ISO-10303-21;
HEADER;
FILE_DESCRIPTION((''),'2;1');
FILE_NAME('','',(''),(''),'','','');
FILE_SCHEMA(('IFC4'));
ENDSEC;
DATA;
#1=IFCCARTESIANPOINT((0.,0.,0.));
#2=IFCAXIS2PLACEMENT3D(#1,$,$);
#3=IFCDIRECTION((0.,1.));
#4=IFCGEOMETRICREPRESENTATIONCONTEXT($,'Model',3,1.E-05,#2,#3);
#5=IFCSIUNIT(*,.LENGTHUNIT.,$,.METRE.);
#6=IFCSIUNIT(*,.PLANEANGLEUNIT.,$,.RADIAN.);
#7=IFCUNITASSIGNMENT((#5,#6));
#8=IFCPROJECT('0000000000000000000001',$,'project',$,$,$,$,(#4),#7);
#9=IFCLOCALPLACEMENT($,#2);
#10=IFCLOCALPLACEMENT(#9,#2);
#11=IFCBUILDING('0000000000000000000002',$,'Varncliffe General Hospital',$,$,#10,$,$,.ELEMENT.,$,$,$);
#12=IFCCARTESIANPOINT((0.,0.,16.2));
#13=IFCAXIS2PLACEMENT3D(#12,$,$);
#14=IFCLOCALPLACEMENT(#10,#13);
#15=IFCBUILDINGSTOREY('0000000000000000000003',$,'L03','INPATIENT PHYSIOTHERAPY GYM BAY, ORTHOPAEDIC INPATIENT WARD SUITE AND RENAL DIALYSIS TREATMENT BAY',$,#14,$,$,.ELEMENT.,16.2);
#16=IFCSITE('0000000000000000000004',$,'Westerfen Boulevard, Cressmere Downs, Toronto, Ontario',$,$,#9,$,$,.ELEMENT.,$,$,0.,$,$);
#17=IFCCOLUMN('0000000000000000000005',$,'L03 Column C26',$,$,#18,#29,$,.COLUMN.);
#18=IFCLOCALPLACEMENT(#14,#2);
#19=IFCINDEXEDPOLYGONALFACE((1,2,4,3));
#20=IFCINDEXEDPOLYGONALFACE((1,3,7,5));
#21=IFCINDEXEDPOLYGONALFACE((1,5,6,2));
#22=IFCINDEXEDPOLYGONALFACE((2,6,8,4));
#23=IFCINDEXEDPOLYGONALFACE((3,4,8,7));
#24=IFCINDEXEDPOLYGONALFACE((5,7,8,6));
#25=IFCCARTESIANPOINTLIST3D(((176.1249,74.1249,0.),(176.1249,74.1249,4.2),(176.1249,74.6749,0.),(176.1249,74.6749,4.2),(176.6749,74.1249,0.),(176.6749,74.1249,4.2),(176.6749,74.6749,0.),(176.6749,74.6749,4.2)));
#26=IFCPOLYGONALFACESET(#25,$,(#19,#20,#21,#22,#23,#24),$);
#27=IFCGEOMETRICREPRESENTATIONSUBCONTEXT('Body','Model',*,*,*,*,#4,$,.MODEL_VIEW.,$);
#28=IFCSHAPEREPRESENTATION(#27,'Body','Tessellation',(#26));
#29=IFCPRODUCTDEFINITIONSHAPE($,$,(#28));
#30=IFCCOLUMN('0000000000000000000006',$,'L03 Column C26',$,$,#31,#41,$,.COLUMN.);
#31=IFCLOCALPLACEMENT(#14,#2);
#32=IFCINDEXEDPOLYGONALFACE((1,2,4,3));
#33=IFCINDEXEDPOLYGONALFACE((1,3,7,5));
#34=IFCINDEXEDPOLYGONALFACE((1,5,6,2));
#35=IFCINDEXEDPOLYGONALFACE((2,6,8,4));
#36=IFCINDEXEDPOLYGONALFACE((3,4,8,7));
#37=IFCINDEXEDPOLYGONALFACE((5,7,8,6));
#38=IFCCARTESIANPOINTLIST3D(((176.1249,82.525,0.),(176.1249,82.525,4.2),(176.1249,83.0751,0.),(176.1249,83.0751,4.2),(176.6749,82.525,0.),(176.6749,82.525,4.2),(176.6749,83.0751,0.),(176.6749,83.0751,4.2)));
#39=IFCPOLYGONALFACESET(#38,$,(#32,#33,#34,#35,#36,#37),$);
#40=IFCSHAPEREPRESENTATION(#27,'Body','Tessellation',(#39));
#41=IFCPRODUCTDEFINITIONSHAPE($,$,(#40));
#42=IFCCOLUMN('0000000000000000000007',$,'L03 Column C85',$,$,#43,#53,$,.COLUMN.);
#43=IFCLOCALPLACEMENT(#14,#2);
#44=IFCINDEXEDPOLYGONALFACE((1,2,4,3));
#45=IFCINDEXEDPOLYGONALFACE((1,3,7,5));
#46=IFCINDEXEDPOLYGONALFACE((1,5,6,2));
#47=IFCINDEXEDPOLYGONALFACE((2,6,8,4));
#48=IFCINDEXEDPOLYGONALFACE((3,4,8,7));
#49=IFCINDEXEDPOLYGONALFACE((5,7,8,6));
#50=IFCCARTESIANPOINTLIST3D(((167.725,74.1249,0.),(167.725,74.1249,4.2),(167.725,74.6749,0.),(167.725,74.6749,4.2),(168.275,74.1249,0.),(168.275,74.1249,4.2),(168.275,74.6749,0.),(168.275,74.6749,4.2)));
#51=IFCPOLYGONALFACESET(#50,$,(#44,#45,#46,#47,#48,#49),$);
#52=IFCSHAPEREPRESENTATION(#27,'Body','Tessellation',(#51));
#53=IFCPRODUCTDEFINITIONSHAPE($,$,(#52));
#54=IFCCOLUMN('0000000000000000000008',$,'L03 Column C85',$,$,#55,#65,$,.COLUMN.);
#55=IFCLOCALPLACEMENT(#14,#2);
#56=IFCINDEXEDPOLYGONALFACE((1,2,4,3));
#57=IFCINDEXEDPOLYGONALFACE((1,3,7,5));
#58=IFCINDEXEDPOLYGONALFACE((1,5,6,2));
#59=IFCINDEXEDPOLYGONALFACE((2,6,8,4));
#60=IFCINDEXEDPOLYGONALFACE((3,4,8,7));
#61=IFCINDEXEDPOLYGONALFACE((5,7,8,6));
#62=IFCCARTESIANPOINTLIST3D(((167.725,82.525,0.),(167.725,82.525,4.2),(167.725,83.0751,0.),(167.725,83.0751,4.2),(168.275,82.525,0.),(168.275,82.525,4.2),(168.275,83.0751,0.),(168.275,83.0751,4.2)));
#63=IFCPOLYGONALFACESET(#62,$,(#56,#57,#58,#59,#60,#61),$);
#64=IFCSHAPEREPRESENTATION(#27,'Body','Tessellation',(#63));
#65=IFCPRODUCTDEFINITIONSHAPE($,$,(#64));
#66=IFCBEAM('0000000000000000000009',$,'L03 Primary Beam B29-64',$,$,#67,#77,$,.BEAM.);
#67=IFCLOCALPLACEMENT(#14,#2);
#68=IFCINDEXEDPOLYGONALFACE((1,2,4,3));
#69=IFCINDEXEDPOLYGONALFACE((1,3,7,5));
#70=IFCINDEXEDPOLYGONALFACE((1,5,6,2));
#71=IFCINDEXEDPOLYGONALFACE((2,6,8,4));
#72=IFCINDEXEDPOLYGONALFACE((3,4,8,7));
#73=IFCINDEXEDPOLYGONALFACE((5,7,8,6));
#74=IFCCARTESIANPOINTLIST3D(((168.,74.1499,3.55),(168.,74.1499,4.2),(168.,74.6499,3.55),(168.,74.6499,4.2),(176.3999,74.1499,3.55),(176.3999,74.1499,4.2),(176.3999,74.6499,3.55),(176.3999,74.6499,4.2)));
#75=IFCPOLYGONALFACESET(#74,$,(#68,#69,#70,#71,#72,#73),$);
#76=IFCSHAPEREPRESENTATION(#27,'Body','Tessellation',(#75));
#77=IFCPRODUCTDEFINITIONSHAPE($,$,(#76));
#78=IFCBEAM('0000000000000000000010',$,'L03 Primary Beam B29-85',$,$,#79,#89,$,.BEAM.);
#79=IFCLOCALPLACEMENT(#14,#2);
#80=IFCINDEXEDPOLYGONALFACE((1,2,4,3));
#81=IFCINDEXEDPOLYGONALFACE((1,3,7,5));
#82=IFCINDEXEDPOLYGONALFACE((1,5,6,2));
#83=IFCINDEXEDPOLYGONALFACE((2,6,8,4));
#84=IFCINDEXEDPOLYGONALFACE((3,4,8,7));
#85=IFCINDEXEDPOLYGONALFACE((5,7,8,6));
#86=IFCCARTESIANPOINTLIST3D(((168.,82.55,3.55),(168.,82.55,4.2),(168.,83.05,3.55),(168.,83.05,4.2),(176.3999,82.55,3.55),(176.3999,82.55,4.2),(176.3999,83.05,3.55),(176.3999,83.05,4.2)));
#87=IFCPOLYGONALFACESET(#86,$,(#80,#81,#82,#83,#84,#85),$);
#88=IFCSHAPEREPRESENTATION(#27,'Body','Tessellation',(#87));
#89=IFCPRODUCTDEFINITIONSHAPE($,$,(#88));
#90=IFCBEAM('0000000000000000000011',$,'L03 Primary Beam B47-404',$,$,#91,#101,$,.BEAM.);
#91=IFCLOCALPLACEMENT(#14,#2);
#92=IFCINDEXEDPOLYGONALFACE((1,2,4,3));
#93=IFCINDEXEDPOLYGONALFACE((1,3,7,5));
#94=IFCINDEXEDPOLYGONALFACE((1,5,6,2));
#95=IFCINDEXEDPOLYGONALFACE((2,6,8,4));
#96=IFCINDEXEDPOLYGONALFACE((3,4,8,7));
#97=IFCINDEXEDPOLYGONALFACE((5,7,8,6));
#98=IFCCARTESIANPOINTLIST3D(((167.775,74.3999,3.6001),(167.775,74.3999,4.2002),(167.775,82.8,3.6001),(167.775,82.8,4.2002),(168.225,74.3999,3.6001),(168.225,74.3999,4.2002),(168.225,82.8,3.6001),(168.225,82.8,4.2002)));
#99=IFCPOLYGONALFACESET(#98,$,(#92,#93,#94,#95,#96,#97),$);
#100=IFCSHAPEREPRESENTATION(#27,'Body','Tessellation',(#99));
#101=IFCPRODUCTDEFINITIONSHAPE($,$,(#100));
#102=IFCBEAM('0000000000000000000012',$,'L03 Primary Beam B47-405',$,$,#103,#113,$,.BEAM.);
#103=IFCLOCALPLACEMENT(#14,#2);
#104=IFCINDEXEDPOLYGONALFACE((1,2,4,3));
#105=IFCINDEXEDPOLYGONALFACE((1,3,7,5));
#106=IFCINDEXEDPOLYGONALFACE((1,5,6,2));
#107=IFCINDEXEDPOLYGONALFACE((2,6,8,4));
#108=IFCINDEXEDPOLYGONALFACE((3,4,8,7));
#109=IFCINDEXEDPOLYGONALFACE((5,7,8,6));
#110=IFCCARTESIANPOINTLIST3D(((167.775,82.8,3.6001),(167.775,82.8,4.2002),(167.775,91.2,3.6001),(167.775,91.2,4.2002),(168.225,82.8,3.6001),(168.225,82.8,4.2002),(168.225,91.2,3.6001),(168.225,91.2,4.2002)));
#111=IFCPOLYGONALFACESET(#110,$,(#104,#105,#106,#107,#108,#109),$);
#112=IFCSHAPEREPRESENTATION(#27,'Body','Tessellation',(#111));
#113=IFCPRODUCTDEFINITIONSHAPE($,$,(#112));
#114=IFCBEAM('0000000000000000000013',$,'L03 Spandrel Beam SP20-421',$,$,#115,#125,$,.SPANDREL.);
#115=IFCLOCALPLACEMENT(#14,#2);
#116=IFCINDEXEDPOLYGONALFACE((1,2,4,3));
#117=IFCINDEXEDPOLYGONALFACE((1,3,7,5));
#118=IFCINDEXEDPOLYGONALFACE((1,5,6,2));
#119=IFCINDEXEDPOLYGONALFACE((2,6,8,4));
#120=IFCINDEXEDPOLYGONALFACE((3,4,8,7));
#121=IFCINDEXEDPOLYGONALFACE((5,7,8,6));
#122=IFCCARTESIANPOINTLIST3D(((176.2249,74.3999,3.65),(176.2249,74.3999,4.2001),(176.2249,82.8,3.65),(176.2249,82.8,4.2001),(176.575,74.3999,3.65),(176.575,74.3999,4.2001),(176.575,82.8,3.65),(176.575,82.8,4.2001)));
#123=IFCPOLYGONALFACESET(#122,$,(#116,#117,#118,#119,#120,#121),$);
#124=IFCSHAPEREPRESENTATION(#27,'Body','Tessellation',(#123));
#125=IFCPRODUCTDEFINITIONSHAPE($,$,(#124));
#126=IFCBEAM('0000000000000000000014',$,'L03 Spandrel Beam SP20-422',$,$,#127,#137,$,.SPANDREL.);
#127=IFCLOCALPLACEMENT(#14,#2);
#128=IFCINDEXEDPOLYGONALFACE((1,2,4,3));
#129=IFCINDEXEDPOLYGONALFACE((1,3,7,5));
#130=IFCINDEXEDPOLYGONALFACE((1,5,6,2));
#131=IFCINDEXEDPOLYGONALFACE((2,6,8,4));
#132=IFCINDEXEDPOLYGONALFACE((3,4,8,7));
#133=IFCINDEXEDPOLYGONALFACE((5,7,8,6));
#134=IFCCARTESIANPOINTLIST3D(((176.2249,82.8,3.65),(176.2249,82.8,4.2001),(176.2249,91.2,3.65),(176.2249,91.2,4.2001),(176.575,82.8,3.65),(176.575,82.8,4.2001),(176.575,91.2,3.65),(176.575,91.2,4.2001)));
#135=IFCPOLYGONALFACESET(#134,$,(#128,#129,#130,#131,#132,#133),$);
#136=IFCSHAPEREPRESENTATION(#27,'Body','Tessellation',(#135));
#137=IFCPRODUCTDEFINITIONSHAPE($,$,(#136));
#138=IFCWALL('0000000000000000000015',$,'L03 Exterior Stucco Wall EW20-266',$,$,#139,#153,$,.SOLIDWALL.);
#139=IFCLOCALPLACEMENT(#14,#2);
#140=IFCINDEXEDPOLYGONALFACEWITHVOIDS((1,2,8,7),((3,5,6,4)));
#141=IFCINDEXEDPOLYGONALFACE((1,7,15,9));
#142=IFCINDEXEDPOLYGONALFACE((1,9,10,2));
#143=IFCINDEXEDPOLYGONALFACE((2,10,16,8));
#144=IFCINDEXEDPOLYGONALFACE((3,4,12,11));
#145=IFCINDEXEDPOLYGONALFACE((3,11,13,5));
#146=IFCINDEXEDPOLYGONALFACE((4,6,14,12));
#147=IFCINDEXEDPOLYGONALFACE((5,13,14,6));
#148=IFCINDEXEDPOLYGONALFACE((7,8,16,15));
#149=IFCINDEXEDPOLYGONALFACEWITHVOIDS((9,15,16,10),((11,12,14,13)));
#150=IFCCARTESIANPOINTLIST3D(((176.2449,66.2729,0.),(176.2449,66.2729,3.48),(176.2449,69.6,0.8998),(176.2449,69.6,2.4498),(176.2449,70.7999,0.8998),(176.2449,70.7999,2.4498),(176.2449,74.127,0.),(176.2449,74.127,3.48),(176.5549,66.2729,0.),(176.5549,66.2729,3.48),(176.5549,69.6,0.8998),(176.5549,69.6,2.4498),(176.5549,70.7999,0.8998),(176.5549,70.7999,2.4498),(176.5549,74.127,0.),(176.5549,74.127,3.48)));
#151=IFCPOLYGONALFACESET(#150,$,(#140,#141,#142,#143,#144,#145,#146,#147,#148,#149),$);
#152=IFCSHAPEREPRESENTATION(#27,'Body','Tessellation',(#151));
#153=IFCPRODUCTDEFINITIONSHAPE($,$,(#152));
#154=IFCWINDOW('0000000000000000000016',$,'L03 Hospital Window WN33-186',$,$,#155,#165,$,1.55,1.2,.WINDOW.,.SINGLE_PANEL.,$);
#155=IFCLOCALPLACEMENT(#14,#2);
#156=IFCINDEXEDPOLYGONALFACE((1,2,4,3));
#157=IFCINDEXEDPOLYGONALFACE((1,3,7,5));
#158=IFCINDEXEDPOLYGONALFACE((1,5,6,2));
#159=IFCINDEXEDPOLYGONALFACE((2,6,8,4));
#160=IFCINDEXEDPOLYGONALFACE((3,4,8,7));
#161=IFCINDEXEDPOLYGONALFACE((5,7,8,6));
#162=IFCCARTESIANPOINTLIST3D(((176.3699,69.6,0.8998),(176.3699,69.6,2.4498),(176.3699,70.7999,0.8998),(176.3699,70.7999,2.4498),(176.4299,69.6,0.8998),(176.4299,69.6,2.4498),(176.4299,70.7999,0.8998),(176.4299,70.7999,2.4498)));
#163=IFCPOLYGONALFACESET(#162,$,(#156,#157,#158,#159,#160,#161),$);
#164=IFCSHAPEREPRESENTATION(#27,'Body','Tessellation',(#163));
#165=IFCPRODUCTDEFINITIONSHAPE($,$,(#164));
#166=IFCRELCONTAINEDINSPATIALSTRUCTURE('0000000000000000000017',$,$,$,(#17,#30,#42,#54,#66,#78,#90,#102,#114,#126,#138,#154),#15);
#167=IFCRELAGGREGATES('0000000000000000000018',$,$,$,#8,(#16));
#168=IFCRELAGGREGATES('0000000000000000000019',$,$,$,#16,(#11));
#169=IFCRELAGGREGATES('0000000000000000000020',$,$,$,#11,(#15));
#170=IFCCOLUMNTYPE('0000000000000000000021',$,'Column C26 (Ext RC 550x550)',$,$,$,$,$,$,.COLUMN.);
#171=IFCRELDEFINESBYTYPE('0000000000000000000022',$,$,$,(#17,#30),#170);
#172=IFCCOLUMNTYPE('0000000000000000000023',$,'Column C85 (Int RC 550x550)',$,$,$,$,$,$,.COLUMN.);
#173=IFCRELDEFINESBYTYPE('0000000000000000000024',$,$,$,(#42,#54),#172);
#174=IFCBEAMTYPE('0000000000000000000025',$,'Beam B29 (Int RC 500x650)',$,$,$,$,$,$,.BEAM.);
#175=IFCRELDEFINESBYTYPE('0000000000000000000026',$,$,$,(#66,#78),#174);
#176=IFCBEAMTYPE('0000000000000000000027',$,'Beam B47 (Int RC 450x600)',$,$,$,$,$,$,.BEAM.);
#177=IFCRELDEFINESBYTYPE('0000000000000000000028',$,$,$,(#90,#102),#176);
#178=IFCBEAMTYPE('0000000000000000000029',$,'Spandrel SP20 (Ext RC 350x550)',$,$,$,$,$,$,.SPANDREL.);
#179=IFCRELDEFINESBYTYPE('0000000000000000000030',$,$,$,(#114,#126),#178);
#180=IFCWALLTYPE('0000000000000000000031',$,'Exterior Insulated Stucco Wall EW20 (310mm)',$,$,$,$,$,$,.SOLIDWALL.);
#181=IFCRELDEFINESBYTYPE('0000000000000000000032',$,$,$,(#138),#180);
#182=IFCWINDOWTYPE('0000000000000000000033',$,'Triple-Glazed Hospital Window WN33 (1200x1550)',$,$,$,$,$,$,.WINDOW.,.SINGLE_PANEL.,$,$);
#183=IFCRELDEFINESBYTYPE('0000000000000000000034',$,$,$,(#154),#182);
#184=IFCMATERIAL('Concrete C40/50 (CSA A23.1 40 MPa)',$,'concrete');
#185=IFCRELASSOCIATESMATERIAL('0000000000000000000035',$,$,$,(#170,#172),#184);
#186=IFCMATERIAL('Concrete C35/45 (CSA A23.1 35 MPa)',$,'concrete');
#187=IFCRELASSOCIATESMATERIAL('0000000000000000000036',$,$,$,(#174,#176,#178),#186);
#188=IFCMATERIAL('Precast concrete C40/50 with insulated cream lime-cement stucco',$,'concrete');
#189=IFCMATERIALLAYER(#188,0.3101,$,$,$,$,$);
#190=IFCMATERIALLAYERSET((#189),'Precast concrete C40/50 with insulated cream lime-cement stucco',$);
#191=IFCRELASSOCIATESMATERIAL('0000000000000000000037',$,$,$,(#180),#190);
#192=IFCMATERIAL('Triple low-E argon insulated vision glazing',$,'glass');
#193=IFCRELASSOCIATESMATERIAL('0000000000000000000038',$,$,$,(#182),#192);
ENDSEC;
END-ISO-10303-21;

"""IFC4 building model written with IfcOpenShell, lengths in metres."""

from ifc_helpers import new_model, si_unit, direction, frame, frame_2d, origin, origin_2d, place, context, subcontext, project, spatial, rectangle, extrude, material, layer, layer_set, material_profile, profile_set, type_object, element, fill, save


model = new_model("IFC4")

# Units and contexts
model_context = context("Model", 3, precision=1e-05, world=origin(), true_north=direction((0.0, 1.0)))
body_context = subcontext(model_context, "Body", "Model", "MODEL_VIEW")
ifc_project = project(units=[si_unit("LENGTHUNIT", "METRE"), si_unit("PLANEANGLEUNIT", "RADIAN")], contexts=[model_context])

# Site, building, storey
site_placement = place(None, origin())
site = spatial("IfcSite", under=ifc_project, at=site_placement, Name="Westerfen Boulevard, Cressmere Downs, Toronto, Ontario", CompositionType="ELEMENT", RefElevation=0.0)
building_placement = place(site_placement, origin())
building = spatial("IfcBuilding", under=site, at=building_placement, Name="Varncliffe General Hospital", CompositionType="ELEMENT")
storey_placement = place(building_placement, frame((0.0, 0.0, 16.2)))
storey = spatial("IfcBuildingStorey", under=building, at=storey_placement, Name="L03", Description="INPATIENT PHYSIOTHERAPY GYM BAY, ORTHOPAEDIC INPATIENT WARD SUITE AND RENAL DIALYSIS TREATMENT BAY", CompositionType="ELEMENT", Elevation=16.2)

# Columns
ifc_material_1 = material(Name="Concrete C40/50 (CSA A23.1 40 MPa)", Category="concrete")
ifc_material_profile_1 = material_profile(ifc_material_1, rectangle(XDim=0.55, YDim=0.55, at=origin_2d()), Name="RC 550x550")
ifc_profile_set_1 = profile_set([ifc_material_profile_1], Name="Concrete C40/50 (CSA A23.1 40 MPa)")
column_type_1 = type_object("IfcColumnType", Name="Column C26 (Ext RC 550x550)", PredefinedType="COLUMN", material=ifc_profile_set_1)
for number, where, z_axis, x_axis, name in (
    (1, (176.3999, 74.3999, 0.0), (0.0, 0.0, 1.0), (1.0, 0.0, 0.0), "L03 Column C26"),
    (2, (176.3999, 82.8, 0.0), (0.0, 0.0, 1.0), (1.0, 0.0, 0.0), "L03 Column C26"),
):
    element("IfcColumn", number, at=place(storey_placement, frame(where, z_axis=z_axis, x_axis=x_axis)), inside=storey, type_object=column_type_1, Name=name, PredefinedType="COLUMN", context=body_context, shape_type="SweptSolid", body=[
        extrude(rectangle(XDim=0.55, YDim=0.55, at=origin_2d()), origin(), (0.0, 0.0, 1.0), 4.2),
    ])
ifc_material_profile_2 = material_profile(ifc_material_1, rectangle(XDim=0.55, YDim=0.55, at=origin_2d()), Name="RC 550x550")
ifc_profile_set_2 = profile_set([ifc_material_profile_2], Name="Concrete C40/50 (CSA A23.1 40 MPa)")
column_type_2 = type_object("IfcColumnType", Name="Column C85 (Int RC 550x550)", PredefinedType="COLUMN", material=ifc_profile_set_2)
for number, where, z_axis, x_axis, name in (
    (3, (168.0, 74.3999, 0.0), (0.0, 0.0, 1.0), (1.0, 0.0, 0.0), "L03 Column C85"),
    (4, (168.0, 82.8, 0.0), (0.0, 0.0, 1.0), (1.0, 0.0, 0.0), "L03 Column C85"),
):
    element("IfcColumn", number, at=place(storey_placement, frame(where, z_axis=z_axis, x_axis=x_axis)), inside=storey, type_object=column_type_2, Name=name, PredefinedType="COLUMN", context=body_context, shape_type="SweptSolid", body=[
        extrude(rectangle(XDim=0.55, YDim=0.55, at=origin_2d()), origin(), (0.0, 0.0, 1.0), 4.2),
    ])

# Beams
ifc_material_2 = material(Name="Concrete C35/45 (CSA A23.1 35 MPa)", Category="concrete")
ifc_material_profile_3 = material_profile(ifc_material_2, rectangle(XDim=0.5, YDim=0.6499, at=origin_2d()), Name="RC 500x650")
ifc_profile_set_3 = profile_set([ifc_material_profile_3], Name="Concrete C35/45 (CSA A23.1 35 MPa)")
beam_type_1 = type_object("IfcBeamType", Name="Beam B29 (Int RC 500x650)", PredefinedType="BEAM", material=ifc_profile_set_3)
for number, where, z_axis, x_axis, name in (
    (5, (168.0, 74.3999, 3.875), (1.0, 0.0, 0.0), (0.0, 1.0, 0.0), "L03 Primary Beam B29-64"),
    (6, (168.0, 82.8, 3.875), (1.0, 0.0, 0.0), (0.0, 1.0, 0.0), "L03 Primary Beam B29-85"),
):
    element("IfcBeam", number, at=place(storey_placement, frame(where, z_axis=z_axis, x_axis=x_axis)), inside=storey, type_object=beam_type_1, Name=name, PredefinedType="BEAM", context=body_context, shape_type="SweptSolid", body=[
        extrude(rectangle(XDim=0.5, YDim=0.6499, at=origin_2d()), origin(), (0.0, 0.0, 1.0), 8.3999),
    ])
ifc_material_profile_4 = material_profile(ifc_material_2, rectangle(XDim=0.45, YDim=0.6001, at=origin_2d()), Name="RC 450x600")
ifc_profile_set_4 = profile_set([ifc_material_profile_4], Name="Concrete C35/45 (CSA A23.1 35 MPa)")
beam_type_2 = type_object("IfcBeamType", Name="Beam B47 (Int RC 450x600)", PredefinedType="BEAM", material=ifc_profile_set_4)
beam_1_placement = place(storey_placement, frame((168.0, 74.3999, 3.9001), z_axis=(0.0, 1.0, 0.0), x_axis=(-1.0, 0.0, 0.0)))
element("IfcBeam", 7, at=beam_1_placement, inside=storey, type_object=beam_type_2, Name="L03 Primary Beam B47-404", PredefinedType="BEAM", context=body_context, shape_type="SweptSolid", body=[
    extrude(rectangle(XDim=0.45, YDim=0.6001, at=origin_2d()), origin(), (0.0, 0.0, 1.0), 8.4001),
])
beam_2_placement = place(storey_placement, frame((168.0, 82.8, 3.9001), z_axis=(0.0, 1.0, 0.0), x_axis=(-1.0, 0.0, 0.0)))
element("IfcBeam", 8, at=beam_2_placement, inside=storey, type_object=beam_type_2, Name="L03 Primary Beam B47-405", PredefinedType="BEAM", context=body_context, shape_type="SweptSolid", body=[
    extrude(rectangle(XDim=0.45, YDim=0.6001, at=origin_2d()), origin(), (0.0, 0.0, 1.0), 8.3999),
])
ifc_material_profile_5 = material_profile(ifc_material_2, rectangle(XDim=0.3501, YDim=0.55, at=origin_2d()), Name="RC 350x550")
ifc_profile_set_5 = profile_set([ifc_material_profile_5], Name="Concrete C35/45 (CSA A23.1 35 MPa)")
beam_type_3 = type_object("IfcBeamType", Name="Spandrel SP20 (Ext RC 350x550)", PredefinedType="SPANDREL", material=ifc_profile_set_5)
beam_3_placement = place(storey_placement, frame((176.3999, 74.3999, 3.925), z_axis=(0.0, 1.0, 0.0), x_axis=(-1.0, 0.0, 0.0)))
element("IfcBeam", 9, at=beam_3_placement, inside=storey, type_object=beam_type_3, Name="L03 Spandrel Beam SP20-421", PredefinedType="SPANDREL", context=body_context, shape_type="SweptSolid", body=[
    extrude(rectangle(XDim=0.3501, YDim=0.55, at=origin_2d()), origin(), (0.0, 0.0, 1.0), 8.4001),
])
beam_4_placement = place(storey_placement, frame((176.3999, 82.8, 3.925), z_axis=(0.0, 1.0, 0.0), x_axis=(-1.0, 0.0, 0.0)))
element("IfcBeam", 10, at=beam_4_placement, inside=storey, type_object=beam_type_3, Name="L03 Spandrel Beam SP20-422", PredefinedType="SPANDREL", context=body_context, shape_type="SweptSolid", body=[
    extrude(rectangle(XDim=0.3501, YDim=0.55, at=origin_2d()), origin(), (0.0, 0.0, 1.0), 8.3999),
])

# Wall, opening, window
ifc_material_3 = material(Name="Precast concrete C40/50 with insulated cream lime-cement stucco", Category="concrete")
ifc_layer_1 = layer(ifc_material_3, 0.3101)
ifc_layer_set_1 = layer_set([ifc_layer_1], Name="Precast concrete C40/50 with insulated cream lime-cement stucco")
wall_type_1 = type_object("IfcWallType", Name="Exterior Insulated Stucco Wall EW20 (310mm)", PredefinedType="SOLIDWALL", material=ifc_layer_set_1)
wall_1_placement = place(storey_placement, frame((176.3999, 74.127, 0.0), z_axis=(0.0, 0.0, 1.0), x_axis=(0.0, -1.0, 0.0)))
wall_1 = element("IfcWall", 11, at=wall_1_placement, inside=storey, type_object=wall_type_1, Name="L03 Exterior Stucco Wall EW20-266", PredefinedType="SOLIDWALL", context=body_context, shape_type="SweptSolid", body=[
    extrude(rectangle(XDim=7.854, YDim=0.3101, at=frame_2d((3.927, 0.0))), origin(), (0.0, 0.0, 1.0), 3.48),
])
opening_1_placement = place(wall_1_placement, frame((3.3269, 0.0, 0.8999)))
opening_1 = element("IfcOpeningElement", 12, at=opening_1_placement, cuts=wall_1, PredefinedType="OPENING", context=body_context, shape_type="SweptSolid", body=[
    extrude(rectangle(XDim=1.2, YDim=1.55, at=frame_2d((0.6001, 0.7749))), frame((0.0, 0.165, 0.0), z_axis=(0.0, -1.0, 0.0), x_axis=(1.0, 0.0, 0.0)), (0.0, 0.0, 1.0), 0.3301),
])
ifc_material_4 = material(Name="Triple low-E argon insulated vision glazing", Category="glass")
window_type_1 = type_object("IfcWindowType", Name="Triple-Glazed Hospital Window WN33 (1200x1550)", PartitioningType="SINGLE_PANEL", PredefinedType="WINDOW", material=ifc_material_4)
window_1_placement = place(opening_1_placement, origin())
window_1 = element("IfcWindow", 13, at=window_1_placement, inside=storey, type_object=window_type_1, Name="L03 Hospital Window WN33-186", OverallHeight=1.55, OverallWidth=1.2, PartitioningType="SINGLE_PANEL", PredefinedType="WINDOW", context=body_context, shape_type="SweptSolid", body=[
    extrude(rectangle(XDim=1.2, YDim=1.55, at=frame_2d((0.6001, 0.7749))), frame((0.0, 0.03, 0.0), z_axis=(0.0, -1.0, 0.0), x_axis=(1.0, 0.0, 0.0)), (0.0, 0.0, 1.0), 0.0601),
])
fill(opening_1, window_1)

save(model, "model.ifc")
